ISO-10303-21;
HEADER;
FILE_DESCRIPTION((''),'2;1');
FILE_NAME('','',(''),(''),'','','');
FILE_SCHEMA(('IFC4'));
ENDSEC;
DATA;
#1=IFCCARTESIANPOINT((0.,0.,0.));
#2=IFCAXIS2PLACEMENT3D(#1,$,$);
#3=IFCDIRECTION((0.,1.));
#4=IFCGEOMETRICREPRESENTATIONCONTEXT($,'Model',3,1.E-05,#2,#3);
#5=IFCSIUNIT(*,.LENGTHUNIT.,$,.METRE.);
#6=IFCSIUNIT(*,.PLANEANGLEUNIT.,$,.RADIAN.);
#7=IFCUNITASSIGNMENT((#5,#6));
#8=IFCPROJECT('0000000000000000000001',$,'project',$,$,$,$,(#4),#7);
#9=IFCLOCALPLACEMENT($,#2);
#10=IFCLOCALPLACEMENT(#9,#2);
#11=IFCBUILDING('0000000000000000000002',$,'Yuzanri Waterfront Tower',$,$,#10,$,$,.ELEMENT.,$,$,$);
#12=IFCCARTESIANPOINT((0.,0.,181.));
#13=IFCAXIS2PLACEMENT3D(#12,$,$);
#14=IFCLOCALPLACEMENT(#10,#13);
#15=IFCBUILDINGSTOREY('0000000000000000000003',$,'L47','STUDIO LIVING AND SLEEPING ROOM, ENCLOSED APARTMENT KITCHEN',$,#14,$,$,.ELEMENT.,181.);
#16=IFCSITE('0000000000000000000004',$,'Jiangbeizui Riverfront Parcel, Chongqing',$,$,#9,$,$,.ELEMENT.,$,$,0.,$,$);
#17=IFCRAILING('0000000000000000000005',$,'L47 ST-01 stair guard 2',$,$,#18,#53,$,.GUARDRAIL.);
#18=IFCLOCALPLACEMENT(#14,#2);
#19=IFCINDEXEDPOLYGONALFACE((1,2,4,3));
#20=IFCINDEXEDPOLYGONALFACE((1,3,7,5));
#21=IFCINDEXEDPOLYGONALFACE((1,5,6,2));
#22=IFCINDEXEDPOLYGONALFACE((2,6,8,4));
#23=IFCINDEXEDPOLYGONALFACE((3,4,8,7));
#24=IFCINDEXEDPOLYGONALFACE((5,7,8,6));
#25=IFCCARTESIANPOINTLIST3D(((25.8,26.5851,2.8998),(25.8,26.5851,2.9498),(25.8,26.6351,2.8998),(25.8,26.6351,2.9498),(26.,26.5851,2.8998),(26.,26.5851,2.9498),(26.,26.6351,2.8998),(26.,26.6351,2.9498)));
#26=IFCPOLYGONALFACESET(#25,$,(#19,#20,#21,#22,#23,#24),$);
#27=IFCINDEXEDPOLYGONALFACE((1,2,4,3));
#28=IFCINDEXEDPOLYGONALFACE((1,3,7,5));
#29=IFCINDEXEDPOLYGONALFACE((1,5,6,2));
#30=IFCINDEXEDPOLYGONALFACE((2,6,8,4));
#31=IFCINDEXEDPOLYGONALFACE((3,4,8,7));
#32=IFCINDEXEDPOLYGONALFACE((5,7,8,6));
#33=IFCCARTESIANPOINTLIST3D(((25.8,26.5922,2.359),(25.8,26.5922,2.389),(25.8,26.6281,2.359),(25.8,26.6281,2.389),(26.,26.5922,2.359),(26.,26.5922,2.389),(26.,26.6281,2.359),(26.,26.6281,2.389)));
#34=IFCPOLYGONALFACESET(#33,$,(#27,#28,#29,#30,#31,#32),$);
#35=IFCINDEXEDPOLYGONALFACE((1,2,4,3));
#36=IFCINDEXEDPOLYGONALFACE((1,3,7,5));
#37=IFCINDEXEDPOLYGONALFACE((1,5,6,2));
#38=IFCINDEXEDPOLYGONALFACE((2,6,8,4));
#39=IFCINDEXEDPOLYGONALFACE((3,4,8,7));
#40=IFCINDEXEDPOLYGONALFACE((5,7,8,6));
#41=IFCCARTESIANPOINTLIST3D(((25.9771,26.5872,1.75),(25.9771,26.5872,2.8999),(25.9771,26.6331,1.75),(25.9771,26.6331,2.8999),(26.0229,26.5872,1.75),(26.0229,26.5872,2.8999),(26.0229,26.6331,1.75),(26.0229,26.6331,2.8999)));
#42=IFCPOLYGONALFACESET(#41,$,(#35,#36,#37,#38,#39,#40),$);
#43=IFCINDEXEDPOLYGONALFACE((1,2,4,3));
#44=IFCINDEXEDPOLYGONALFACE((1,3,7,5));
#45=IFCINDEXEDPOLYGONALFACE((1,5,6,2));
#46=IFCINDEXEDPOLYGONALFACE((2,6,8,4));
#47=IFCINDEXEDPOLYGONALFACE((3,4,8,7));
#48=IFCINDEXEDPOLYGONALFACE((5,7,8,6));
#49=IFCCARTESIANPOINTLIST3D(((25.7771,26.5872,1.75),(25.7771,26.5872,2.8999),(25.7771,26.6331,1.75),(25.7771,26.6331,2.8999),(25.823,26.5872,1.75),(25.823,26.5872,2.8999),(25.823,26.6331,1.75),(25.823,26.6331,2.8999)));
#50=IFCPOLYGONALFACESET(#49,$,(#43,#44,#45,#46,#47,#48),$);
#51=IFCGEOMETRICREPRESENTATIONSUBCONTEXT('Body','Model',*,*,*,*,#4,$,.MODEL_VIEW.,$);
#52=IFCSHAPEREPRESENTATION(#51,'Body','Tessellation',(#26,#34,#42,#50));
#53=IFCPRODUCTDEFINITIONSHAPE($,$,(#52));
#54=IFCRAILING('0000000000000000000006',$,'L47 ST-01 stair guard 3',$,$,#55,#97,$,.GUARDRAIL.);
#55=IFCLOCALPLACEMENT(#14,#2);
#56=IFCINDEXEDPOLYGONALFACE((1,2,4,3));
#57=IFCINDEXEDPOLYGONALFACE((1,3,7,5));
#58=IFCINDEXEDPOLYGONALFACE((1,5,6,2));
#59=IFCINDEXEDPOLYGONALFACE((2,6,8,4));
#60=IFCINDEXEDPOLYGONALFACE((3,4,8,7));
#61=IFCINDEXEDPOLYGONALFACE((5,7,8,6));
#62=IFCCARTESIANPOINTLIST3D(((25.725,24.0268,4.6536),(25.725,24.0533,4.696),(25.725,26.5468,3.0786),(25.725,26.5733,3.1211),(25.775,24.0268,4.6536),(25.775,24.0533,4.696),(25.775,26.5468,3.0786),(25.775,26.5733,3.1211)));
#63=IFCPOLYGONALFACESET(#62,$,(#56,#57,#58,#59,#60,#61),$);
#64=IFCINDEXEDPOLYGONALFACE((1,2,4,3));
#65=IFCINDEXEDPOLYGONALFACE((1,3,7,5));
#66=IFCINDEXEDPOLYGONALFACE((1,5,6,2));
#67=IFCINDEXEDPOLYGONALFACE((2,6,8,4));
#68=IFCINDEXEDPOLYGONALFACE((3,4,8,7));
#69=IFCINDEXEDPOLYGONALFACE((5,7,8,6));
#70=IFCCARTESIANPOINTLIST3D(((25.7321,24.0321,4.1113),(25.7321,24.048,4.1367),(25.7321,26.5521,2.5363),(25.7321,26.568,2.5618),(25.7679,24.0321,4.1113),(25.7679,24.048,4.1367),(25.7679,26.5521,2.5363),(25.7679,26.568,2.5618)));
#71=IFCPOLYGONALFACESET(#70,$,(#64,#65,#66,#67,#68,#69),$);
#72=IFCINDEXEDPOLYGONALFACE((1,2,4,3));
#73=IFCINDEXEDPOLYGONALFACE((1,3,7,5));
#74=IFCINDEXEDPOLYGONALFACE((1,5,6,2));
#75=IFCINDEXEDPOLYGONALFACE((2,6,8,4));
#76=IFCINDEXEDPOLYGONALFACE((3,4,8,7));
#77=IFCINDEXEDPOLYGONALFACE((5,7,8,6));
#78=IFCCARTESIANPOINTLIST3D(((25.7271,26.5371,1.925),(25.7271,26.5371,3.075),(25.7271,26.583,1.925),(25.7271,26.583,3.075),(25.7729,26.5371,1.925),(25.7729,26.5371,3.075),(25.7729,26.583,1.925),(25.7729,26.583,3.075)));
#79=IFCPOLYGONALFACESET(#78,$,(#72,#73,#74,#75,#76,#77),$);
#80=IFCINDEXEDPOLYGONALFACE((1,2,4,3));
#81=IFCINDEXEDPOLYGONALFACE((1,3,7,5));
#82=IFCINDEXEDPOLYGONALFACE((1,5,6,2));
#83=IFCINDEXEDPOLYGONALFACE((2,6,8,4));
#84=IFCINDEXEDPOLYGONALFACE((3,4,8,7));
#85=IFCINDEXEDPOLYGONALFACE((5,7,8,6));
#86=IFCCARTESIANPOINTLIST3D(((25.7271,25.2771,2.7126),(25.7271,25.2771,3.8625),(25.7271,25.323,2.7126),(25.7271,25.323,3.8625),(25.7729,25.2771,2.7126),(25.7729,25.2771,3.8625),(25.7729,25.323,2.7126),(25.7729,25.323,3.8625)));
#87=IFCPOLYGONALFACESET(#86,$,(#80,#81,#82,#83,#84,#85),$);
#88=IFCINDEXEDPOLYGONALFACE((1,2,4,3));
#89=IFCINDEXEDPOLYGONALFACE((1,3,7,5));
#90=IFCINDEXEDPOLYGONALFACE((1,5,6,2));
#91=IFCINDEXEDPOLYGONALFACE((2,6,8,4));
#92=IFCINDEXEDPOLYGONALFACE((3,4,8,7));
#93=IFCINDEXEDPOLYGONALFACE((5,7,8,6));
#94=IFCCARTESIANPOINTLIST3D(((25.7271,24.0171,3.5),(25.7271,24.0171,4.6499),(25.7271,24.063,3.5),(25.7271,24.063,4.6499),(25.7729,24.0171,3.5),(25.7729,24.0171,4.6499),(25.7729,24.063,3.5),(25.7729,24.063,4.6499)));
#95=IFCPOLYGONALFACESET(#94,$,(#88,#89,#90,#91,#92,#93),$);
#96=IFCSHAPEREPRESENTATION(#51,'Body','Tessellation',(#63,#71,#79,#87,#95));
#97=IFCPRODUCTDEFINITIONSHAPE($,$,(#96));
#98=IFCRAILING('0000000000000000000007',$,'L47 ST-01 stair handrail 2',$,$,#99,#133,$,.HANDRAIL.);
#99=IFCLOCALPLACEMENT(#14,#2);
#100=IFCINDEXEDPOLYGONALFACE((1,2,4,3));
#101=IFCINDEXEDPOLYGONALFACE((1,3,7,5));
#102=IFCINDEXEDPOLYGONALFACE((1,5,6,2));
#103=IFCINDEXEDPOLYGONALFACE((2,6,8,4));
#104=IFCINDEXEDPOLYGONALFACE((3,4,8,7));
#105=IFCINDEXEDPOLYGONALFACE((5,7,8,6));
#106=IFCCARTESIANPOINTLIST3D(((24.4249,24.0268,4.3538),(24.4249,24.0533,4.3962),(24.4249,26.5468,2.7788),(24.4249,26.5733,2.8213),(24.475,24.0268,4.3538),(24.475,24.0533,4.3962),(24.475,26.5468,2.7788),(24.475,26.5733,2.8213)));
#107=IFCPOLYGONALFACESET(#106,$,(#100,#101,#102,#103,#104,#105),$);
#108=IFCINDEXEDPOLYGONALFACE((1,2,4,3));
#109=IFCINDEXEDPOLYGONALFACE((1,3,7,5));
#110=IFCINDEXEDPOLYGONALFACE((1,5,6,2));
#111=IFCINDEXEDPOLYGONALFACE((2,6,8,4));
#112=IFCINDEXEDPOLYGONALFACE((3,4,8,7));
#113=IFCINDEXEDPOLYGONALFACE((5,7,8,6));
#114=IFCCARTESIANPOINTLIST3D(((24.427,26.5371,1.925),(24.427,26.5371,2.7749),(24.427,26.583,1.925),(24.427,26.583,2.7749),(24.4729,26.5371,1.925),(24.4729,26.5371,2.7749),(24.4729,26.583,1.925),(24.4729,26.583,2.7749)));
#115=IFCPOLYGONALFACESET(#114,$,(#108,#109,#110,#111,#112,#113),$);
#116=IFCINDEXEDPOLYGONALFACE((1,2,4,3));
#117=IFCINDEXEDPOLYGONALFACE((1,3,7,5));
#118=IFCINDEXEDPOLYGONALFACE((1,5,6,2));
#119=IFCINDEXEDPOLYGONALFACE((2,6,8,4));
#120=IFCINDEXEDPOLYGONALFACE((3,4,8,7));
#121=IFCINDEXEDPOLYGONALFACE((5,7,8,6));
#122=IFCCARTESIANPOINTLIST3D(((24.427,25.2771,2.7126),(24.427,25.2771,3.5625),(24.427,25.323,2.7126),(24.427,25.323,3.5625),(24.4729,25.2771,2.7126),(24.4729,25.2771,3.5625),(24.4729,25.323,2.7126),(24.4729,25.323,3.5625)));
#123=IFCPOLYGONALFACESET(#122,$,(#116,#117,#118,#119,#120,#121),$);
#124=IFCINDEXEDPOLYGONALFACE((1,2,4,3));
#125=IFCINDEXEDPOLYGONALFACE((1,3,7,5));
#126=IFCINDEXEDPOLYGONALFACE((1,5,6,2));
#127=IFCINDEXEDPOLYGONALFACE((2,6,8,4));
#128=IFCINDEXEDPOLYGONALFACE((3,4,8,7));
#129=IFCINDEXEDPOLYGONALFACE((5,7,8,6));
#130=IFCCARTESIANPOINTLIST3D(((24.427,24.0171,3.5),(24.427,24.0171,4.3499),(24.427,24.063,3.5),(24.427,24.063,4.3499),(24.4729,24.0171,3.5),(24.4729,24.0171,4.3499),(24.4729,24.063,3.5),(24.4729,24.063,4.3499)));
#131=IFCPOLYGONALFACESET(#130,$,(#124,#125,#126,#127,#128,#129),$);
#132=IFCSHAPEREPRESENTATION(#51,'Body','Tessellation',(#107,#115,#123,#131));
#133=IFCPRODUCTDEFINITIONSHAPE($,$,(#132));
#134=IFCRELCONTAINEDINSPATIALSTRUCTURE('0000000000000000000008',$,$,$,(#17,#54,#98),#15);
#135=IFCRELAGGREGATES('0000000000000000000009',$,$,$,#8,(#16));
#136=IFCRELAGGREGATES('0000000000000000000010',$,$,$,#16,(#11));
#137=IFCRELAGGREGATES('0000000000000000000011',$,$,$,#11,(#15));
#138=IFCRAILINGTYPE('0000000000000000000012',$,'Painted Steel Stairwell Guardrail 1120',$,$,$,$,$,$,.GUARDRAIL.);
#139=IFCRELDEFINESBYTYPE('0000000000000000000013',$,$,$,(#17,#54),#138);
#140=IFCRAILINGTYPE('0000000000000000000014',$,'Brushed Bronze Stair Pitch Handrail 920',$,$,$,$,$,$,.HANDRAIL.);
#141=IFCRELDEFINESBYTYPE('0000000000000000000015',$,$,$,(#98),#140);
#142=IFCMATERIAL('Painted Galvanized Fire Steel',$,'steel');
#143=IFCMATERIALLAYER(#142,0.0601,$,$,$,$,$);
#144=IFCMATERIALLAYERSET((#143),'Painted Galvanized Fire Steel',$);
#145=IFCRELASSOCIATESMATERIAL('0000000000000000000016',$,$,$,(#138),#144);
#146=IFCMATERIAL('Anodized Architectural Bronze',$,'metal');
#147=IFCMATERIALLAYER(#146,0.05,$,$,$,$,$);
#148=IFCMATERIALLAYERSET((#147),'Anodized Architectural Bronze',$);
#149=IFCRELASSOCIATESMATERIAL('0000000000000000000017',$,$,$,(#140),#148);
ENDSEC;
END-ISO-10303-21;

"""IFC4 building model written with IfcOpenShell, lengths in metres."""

from ifc_helpers import new_model, si_unit, direction, frame, origin, origin_2d, place, context, subcontext, project, spatial, rectangle, extrude, source, transform, mapped, material, layer, layer_set, type_object, element, save


model = new_model("IFC4")

# Units and contexts
model_context = context("Model", 3, precision=1e-05, world=origin(), true_north=direction((0.0, 1.0)))
body_context = subcontext(model_context, "Body", "Model", "MODEL_VIEW")
ifc_project = project(units=[si_unit("LENGTHUNIT", "METRE"), si_unit("PLANEANGLEUNIT", "RADIAN")], contexts=[model_context])

# Site, building, storey
site_placement = place(None, origin())
site = spatial("IfcSite", under=ifc_project, at=site_placement, Name="Jiangbeizui Riverfront Parcel, Chongqing", CompositionType="ELEMENT", RefElevation=0.0)
building_placement = place(site_placement, origin())
building = spatial("IfcBuilding", under=site, at=building_placement, Name="Yuzanri Waterfront Tower", CompositionType="ELEMENT")
storey_placement = place(building_placement, frame((0.0, 0.0, 181.0)))
storey = spatial("IfcBuildingStorey", under=building, at=storey_placement, Name="L47", Description="STUDIO LIVING AND SLEEPING ROOM, ENCLOSED APARTMENT KITCHEN", CompositionType="ELEMENT", Elevation=181.0)

# Railings
ifc_material_1 = material(Name="Painted Galvanized Fire Steel", Category="steel")
ifc_layer_1 = layer(ifc_material_1, 0.0601)
ifc_layer_set_1 = layer_set([ifc_layer_1], Name="Painted Galvanized Fire Steel")
railing_type_1 = type_object("IfcRailingType", Name="Painted Steel Stairwell Guardrail 1120", PredefinedType="GUARDRAIL", material=ifc_layer_set_1)
shared_shape_1 = source(origin(), body_context, "Body", "SweptSolid", [
    extrude(rectangle(XDim=0.05, YDim=0.05, at=origin_2d()), frame((0.0, 0.0, 1.1748), z_axis=(-1.0, 0.0, 0.0), x_axis=(0.0, -1.0, 0.0)), (0.0, 0.0, 1.0), 0.2),
    extrude(rectangle(XDim=0.0359, YDim=0.03, at=origin_2d()), frame((0.0, 0.0, 0.624), z_axis=(-1.0, 0.0, 0.0), x_axis=(0.0, -1.0, 0.0)), (0.0, 0.0, 1.0), 0.2),
    extrude(rectangle(XDim=0.0459, YDim=0.0459, at=origin_2d()), origin(), (0.0, 0.0, 1.0), 1.1499),
    extrude(rectangle(XDim=0.0459, YDim=0.0459, at=origin_2d()), frame((-0.2, 0.0, 0.0)), (0.0, 0.0, 1.0), 1.1499),
])
railing_1_placement = place(storey_placement, frame((26.0, 26.6101, 1.75)))
element("IfcRailing", 1, at=railing_1_placement, inside=storey, type_object=railing_type_1, Name="L47 ST-01 stair guard 2", PredefinedType="GUARDRAIL", context=body_context, shape_type="MappedRepresentation", body=[
    mapped(shared_shape_1, transform((0.0, 0.0, 0.0), scale=1.0)),
])
shared_shape_2 = source(origin(), body_context, "Body", "SweptSolid", [
    extrude(rectangle(XDim=0.05, YDim=0.05, at=origin_2d()), frame((0.0, 0.0, 1.1748), z_axis=(0.0, -0.848008, 0.529984), x_axis=(1.0, 0.0, 0.0)), (0.0, 0.0, 1.0), 2.9717),
    extrude(rectangle(XDim=0.0359, YDim=0.03, at=origin_2d()), frame((0.0, 0.0, 0.624), z_axis=(0.0, -0.848008, 0.529984), x_axis=(1.0, 0.0, 0.0)), (0.0, 0.0, 1.0), 2.9717),
    extrude(rectangle(XDim=0.0459, YDim=0.0459, at=origin_2d()), origin(), (0.0, 0.0, 1.0), 1.1499),
    extrude(rectangle(XDim=0.0459, YDim=0.0459, at=origin_2d()), frame((0.0, -1.26, 0.7876)), (0.0, 0.0, 1.0), 1.1499),
    extrude(rectangle(XDim=0.0459, YDim=0.0459, at=origin_2d()), frame((0.0, -2.52, 1.575)), (0.0, 0.0, 1.0), 1.1499),
])
railing_2_placement = place(storey_placement, frame((25.75, 26.5601, 1.925)))
element("IfcRailing", 2, at=railing_2_placement, inside=storey, type_object=railing_type_1, Name="L47 ST-01 stair guard 3", PredefinedType="GUARDRAIL", context=body_context, shape_type="MappedRepresentation", body=[
    mapped(shared_shape_2, transform((0.0, 0.0, 0.0), scale=1.0)),
])
ifc_material_2 = material(Name="Anodized Architectural Bronze", Category="metal")
ifc_layer_2 = layer(ifc_material_2, 0.05)
ifc_layer_set_2 = layer_set([ifc_layer_2], Name="Anodized Architectural Bronze")
railing_type_2 = type_object("IfcRailingType", Name="Brushed Bronze Stair Pitch Handrail 920", PredefinedType="HANDRAIL", material=ifc_layer_set_2)
shared_shape_3 = source(origin(), body_context, "Body", "SweptSolid", [
    extrude(rectangle(XDim=0.05, YDim=0.05, at=origin_2d()), frame((0.0, 0.0, 0.875), z_axis=(0.0, -0.848008, 0.529984), x_axis=(1.0, 0.0, 0.0)), (0.0, 0.0, 1.0), 2.9717),
    extrude(rectangle(XDim=0.0459, YDim=0.0459, at=origin_2d()), origin(), (0.0, 0.0, 1.0), 0.8499),
    extrude(rectangle(XDim=0.0459, YDim=0.0459, at=origin_2d()), frame((0.0, -1.26, 0.7876)), (0.0, 0.0, 1.0), 0.8499),
    extrude(rectangle(XDim=0.0459, YDim=0.0459, at=origin_2d()), frame((0.0, -2.52, 1.575)), (0.0, 0.0, 1.0), 0.8499),
])
railing_3_placement = place(storey_placement, frame((24.45, 26.5601, 1.925)))
element("IfcRailing", 3, at=railing_3_placement, inside=storey, type_object=railing_type_2, Name="L47 ST-01 stair handrail 2", PredefinedType="HANDRAIL", context=body_context, shape_type="MappedRepresentation", body=[
    mapped(shared_shape_3, transform((0.0, 0.0, 0.0), scale=1.0)),
])

save(model, "model.ifc")
